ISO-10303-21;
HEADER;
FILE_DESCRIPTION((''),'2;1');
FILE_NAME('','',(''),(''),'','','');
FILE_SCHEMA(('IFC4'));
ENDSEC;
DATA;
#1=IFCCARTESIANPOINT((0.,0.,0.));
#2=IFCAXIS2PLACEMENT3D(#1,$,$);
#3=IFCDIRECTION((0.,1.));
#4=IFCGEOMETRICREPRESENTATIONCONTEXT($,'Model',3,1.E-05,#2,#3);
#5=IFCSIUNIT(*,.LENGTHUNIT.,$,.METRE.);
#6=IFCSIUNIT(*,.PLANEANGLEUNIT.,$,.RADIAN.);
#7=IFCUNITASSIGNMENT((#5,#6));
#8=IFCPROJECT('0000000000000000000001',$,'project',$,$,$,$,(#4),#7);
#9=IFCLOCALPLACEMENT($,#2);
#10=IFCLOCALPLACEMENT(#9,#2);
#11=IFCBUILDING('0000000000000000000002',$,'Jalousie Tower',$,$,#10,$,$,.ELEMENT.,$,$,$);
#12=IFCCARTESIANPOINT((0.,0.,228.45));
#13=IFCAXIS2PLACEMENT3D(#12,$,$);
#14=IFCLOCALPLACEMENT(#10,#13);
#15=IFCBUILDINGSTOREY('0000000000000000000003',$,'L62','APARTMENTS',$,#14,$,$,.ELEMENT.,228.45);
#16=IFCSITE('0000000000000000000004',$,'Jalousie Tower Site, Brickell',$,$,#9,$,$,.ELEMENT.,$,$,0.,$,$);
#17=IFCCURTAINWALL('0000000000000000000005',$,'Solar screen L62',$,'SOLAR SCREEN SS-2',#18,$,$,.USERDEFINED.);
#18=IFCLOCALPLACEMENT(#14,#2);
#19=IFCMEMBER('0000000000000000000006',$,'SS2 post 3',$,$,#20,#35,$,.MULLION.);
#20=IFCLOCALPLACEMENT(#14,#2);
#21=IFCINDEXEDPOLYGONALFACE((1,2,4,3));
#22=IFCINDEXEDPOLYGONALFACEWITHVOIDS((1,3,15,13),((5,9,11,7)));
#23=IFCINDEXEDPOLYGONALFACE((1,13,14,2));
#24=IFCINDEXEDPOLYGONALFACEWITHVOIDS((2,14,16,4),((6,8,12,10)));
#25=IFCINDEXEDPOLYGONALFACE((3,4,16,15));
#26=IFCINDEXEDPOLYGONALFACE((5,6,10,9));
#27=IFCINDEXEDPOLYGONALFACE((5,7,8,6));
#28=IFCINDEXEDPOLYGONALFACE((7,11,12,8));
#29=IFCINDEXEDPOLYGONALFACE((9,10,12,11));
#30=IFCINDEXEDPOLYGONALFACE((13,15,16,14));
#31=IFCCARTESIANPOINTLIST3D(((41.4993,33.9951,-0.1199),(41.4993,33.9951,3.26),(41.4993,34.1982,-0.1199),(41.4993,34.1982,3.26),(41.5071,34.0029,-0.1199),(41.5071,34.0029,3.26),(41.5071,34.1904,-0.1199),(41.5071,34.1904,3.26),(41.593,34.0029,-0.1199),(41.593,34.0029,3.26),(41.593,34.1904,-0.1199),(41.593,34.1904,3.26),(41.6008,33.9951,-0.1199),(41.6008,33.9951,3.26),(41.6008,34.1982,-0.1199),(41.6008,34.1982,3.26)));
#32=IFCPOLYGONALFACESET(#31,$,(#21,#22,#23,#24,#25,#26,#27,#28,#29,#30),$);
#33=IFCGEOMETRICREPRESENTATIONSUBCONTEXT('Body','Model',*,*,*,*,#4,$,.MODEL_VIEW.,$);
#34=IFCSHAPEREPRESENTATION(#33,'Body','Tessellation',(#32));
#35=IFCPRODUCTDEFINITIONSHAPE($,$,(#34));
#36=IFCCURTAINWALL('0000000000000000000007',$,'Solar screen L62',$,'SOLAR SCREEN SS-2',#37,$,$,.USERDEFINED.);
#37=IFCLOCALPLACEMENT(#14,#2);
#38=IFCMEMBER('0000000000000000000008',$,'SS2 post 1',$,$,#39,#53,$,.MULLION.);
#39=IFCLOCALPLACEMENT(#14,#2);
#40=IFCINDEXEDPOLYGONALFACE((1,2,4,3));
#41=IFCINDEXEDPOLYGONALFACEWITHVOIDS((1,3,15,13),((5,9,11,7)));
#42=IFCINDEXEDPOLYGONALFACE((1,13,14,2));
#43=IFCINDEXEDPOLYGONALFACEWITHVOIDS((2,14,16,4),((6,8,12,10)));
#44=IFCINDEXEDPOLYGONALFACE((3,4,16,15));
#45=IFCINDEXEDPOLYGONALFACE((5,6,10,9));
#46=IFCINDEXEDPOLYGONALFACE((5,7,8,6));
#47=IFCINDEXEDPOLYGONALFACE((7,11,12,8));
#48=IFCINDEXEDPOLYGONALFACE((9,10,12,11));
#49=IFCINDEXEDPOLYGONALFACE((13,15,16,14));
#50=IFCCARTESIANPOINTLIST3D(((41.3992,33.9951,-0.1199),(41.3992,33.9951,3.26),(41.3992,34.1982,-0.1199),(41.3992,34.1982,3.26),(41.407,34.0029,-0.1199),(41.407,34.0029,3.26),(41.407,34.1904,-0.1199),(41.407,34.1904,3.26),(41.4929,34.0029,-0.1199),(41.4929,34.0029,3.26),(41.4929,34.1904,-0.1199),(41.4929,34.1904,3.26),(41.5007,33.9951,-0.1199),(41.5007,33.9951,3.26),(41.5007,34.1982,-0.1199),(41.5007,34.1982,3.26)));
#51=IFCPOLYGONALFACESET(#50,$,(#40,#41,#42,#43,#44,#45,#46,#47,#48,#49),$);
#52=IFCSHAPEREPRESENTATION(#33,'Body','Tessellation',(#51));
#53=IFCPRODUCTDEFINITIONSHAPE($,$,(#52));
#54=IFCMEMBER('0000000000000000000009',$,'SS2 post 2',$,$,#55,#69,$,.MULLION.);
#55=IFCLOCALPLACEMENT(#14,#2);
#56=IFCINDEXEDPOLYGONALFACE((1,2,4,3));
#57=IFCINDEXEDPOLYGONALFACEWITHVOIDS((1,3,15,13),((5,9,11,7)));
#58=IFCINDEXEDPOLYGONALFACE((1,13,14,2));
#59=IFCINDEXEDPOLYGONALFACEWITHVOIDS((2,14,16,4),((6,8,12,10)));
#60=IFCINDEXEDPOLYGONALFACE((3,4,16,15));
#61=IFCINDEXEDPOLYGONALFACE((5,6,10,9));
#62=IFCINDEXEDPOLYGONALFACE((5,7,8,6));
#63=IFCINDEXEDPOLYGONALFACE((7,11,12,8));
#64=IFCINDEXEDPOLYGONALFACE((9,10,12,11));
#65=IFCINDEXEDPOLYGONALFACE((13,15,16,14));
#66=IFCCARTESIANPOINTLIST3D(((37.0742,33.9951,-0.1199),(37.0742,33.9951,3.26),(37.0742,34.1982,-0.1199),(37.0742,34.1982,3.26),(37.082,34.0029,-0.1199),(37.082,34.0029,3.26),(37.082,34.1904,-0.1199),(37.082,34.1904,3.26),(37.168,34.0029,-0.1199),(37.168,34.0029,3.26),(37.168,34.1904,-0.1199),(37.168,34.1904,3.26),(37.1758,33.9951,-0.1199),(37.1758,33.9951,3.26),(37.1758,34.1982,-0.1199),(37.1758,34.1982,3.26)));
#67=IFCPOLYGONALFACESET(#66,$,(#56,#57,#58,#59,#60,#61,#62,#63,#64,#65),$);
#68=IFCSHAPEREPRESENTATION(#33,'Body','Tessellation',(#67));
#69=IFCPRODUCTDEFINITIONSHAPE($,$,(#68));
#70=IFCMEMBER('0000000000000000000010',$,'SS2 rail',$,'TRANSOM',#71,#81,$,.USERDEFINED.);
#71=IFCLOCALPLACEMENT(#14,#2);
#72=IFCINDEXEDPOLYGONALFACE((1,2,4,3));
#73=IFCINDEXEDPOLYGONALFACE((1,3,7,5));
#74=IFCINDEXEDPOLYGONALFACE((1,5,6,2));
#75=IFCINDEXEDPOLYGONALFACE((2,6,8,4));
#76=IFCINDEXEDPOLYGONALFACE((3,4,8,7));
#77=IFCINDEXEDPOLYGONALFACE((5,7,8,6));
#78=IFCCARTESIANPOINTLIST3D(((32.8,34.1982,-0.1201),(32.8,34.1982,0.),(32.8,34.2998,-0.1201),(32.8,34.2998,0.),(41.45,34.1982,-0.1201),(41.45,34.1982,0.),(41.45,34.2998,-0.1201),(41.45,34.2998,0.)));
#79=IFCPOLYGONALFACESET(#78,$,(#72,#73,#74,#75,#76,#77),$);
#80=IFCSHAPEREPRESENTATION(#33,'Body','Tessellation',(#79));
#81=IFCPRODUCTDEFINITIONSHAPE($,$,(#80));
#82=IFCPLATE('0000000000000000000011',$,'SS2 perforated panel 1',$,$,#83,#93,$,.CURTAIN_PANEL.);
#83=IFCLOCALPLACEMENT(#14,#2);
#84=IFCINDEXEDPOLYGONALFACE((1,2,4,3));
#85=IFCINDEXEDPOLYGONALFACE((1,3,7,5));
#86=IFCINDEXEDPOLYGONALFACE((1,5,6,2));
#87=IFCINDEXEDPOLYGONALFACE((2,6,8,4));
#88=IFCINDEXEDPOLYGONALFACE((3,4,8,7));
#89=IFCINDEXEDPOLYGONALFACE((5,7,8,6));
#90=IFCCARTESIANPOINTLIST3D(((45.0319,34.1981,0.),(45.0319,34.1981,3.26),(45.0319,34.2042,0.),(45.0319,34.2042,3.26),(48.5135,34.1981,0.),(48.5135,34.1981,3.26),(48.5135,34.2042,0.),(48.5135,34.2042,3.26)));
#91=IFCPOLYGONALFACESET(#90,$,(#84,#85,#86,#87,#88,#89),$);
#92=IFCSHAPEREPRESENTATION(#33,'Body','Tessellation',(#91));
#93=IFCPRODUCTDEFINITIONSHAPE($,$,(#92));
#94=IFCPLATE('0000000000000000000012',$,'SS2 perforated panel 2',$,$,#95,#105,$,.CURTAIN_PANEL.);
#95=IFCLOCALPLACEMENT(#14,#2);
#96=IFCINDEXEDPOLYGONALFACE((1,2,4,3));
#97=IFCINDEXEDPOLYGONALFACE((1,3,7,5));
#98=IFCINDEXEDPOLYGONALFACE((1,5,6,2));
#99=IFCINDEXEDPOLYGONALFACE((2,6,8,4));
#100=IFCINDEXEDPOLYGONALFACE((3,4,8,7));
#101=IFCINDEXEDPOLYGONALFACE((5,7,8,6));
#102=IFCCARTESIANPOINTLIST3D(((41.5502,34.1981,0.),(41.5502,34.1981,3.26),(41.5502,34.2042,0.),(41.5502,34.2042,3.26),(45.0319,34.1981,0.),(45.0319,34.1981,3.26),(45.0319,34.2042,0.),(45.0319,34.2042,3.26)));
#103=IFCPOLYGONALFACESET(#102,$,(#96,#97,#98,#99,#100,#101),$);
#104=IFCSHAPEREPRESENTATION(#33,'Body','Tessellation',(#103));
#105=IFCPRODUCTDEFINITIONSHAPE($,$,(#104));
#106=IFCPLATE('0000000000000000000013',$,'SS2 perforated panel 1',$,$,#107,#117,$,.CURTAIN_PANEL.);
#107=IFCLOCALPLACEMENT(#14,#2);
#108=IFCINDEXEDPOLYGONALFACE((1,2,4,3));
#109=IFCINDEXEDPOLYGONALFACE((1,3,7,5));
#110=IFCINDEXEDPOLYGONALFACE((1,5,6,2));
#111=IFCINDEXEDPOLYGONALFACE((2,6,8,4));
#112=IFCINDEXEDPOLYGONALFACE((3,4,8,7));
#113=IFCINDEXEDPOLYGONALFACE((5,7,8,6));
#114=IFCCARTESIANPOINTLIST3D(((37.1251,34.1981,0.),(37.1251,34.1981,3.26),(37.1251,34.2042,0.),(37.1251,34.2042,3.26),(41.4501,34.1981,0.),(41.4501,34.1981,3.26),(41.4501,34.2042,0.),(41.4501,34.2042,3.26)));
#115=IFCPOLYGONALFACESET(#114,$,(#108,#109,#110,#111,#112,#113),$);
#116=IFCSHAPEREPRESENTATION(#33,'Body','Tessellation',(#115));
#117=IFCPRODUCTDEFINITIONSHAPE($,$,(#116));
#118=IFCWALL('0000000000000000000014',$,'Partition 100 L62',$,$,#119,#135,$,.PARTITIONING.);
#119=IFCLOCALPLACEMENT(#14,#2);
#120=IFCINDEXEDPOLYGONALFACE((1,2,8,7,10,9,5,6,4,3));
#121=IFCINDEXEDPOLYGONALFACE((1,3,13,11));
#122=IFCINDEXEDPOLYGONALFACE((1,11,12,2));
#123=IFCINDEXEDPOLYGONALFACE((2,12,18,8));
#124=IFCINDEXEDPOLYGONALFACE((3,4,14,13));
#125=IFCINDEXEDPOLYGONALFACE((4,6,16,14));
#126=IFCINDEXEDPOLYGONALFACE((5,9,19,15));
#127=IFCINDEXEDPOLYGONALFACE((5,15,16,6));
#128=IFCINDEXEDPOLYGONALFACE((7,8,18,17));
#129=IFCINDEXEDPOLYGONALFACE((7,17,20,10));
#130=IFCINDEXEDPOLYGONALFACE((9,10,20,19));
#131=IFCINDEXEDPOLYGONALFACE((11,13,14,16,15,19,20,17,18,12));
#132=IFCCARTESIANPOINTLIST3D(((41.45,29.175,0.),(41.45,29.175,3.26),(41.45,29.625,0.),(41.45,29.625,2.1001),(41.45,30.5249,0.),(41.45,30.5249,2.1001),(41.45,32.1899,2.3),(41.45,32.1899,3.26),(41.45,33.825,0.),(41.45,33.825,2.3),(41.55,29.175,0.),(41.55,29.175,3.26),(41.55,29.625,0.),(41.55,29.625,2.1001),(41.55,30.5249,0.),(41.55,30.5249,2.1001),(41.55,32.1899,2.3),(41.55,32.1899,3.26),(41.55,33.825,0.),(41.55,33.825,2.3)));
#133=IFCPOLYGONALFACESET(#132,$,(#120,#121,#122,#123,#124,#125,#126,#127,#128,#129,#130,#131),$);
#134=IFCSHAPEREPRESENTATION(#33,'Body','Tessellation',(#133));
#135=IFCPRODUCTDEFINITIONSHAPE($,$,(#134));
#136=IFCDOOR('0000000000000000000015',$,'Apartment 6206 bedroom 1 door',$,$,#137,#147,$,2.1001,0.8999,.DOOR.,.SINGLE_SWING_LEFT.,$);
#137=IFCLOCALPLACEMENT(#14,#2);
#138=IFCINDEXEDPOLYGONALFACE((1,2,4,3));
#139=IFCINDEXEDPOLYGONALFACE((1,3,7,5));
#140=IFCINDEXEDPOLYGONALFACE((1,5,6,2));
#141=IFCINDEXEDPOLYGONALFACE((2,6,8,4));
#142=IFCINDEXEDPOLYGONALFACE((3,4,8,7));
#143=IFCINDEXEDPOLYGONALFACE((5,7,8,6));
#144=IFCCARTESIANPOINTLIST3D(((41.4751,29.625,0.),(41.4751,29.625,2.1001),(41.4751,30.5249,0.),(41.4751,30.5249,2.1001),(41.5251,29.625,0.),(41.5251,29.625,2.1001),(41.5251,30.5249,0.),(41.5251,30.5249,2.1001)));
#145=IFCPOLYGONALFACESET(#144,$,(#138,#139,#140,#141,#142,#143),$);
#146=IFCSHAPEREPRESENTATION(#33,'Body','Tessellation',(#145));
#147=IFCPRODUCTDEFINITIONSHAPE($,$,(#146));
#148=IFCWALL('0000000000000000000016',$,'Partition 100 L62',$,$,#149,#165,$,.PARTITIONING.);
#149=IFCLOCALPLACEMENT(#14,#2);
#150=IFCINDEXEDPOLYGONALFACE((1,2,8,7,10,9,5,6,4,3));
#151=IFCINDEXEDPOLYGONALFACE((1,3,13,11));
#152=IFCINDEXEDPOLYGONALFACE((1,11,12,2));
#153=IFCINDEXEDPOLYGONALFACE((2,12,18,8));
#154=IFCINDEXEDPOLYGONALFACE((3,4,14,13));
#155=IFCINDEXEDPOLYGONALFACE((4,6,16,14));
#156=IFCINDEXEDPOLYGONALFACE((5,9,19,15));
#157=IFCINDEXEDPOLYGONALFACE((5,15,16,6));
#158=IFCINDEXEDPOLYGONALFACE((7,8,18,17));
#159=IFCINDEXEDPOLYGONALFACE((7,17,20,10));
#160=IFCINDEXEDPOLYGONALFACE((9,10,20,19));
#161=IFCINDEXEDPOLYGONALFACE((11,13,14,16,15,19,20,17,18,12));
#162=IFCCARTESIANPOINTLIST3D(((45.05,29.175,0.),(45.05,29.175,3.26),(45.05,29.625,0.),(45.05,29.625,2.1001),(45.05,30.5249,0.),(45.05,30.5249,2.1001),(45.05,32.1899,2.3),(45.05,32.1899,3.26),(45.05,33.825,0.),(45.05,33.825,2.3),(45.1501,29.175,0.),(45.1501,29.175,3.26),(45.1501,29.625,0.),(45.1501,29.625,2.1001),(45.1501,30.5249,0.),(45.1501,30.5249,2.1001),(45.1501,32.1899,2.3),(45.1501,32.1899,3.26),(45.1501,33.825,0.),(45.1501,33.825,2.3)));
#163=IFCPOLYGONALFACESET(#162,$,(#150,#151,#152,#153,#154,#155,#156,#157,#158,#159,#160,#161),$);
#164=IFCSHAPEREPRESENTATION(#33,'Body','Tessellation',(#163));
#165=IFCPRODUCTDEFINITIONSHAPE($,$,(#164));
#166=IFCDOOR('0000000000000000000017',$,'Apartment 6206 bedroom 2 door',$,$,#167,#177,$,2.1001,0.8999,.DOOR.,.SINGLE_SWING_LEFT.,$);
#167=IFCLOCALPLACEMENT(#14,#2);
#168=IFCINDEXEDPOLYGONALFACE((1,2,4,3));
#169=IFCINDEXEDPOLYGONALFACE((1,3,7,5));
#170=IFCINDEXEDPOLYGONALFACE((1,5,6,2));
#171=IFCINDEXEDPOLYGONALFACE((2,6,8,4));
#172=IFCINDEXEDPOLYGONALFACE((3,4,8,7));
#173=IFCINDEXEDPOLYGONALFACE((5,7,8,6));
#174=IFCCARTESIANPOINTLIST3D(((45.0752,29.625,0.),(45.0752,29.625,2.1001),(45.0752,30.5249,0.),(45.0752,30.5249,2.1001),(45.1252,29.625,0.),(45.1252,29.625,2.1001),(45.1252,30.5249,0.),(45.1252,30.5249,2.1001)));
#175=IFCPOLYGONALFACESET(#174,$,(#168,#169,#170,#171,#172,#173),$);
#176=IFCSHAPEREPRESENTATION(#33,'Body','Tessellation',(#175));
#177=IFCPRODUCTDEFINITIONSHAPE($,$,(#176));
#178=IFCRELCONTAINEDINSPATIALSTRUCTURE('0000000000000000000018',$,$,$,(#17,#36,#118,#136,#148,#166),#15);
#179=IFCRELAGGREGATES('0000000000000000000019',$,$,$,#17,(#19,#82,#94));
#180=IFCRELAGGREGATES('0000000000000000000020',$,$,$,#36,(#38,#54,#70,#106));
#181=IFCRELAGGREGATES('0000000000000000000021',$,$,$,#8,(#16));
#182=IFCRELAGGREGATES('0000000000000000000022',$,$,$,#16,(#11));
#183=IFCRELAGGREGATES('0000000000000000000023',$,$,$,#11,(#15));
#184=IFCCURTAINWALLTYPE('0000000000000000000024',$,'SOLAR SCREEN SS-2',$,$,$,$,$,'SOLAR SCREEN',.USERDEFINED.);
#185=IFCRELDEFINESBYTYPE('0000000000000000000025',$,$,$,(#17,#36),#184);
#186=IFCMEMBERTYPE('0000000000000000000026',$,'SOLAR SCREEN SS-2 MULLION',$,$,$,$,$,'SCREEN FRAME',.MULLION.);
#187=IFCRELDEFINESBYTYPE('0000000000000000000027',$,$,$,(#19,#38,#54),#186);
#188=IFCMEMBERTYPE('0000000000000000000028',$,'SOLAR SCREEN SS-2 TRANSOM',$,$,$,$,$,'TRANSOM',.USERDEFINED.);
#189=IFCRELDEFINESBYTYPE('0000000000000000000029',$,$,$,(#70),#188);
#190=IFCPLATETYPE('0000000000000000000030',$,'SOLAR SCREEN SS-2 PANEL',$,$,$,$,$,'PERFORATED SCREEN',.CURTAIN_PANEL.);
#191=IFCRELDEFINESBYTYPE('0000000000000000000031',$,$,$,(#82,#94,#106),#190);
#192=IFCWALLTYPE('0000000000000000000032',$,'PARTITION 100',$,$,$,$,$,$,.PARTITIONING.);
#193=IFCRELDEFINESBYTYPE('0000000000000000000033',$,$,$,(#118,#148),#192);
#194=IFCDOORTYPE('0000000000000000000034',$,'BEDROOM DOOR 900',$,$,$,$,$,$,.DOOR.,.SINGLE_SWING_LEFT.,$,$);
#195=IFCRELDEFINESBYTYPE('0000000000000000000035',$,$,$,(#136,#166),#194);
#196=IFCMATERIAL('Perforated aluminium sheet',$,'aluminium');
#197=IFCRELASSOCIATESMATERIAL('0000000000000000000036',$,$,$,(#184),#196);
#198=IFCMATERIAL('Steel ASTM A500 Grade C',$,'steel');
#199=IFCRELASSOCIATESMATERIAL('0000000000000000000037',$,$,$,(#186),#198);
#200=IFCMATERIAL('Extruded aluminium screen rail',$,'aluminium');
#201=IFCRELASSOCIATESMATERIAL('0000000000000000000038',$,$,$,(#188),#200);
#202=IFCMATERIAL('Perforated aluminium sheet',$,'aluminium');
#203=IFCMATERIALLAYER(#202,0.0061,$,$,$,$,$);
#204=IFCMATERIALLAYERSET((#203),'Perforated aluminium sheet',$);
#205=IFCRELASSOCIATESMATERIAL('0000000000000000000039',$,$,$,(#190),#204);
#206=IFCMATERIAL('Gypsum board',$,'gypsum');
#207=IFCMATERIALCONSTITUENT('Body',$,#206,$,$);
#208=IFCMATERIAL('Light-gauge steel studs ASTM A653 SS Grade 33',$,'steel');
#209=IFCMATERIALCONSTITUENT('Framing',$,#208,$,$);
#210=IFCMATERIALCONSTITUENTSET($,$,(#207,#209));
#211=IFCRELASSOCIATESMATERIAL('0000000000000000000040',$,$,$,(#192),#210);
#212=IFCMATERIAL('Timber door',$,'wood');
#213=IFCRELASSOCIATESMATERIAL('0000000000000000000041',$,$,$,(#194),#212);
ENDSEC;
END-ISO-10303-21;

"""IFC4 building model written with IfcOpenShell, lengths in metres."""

from ifc_helpers import new_model, si_unit, direction, frame, frame_2d, origin, origin_2d, place, context, subcontext, project, spatial, polyline, rectangle, hollow_rectangle, outline, extrude, material, layer, layer_set, constituent, constituent_set, material_profile, profile_set, type_object, element, fill, aggregate, save


model = new_model("IFC4")

# Units and contexts
model_context = context("Model", 3, precision=1e-05, world=origin(), true_north=direction((0.0, 1.0)))
body_context = subcontext(model_context, "Body", "Model", "MODEL_VIEW")
ifc_project = project(units=[si_unit("LENGTHUNIT", "METRE"), si_unit("PLANEANGLEUNIT", "RADIAN")], contexts=[model_context])

# Site, building, storey
site_placement = place(None, origin())
site = spatial("IfcSite", under=ifc_project, at=site_placement, Name="Jalousie Tower Site, Brickell", CompositionType="ELEMENT", RefElevation=0.0)
building_placement = place(site_placement, origin())
building = spatial("IfcBuilding", under=site, at=building_placement, Name="Jalousie Tower", CompositionType="ELEMENT")
storey_placement = place(building_placement, frame((0.0, 0.0, 228.45)))
storey = spatial("IfcBuildingStorey", under=building, at=storey_placement, Name="L62", Description="APARTMENTS", CompositionType="ELEMENT", Elevation=228.45)

# Curtain walls, members
ifc_material_1 = material(Name="Perforated aluminium sheet", Category="aluminium")
curtain_wall_type = type_object("IfcCurtainWallType", Name="SOLAR SCREEN SS-2", ElementType="SOLAR SCREEN", PredefinedType="USERDEFINED", material=ifc_material_1)
curtain_wall_1_placement = place(storey_placement, origin())
curtain_wall_1 = element("IfcCurtainWall", 1, at=curtain_wall_1_placement, inside=storey, type_object=curtain_wall_type, Name="Solar screen L62", ObjectType="SOLAR SCREEN SS-2", PredefinedType="USERDEFINED")
ifc_material_2 = material(Name="Steel ASTM A500 Grade C", Category="steel")
ifc_material_profile_1 = material_profile(ifc_material_2, hollow_rectangle(XDim=0.1016, YDim=0.2031, WallThickness=0.0078, at=origin_2d()), Name="HSS8X4X5/16")
ifc_profile_set_1 = profile_set([ifc_material_profile_1], Name="Steel ASTM A500 Grade C")
member_type_1 = type_object("IfcMemberType", Name="SOLAR SCREEN SS-2 MULLION", ElementType="SCREEN FRAME", PredefinedType="MULLION", material=ifc_profile_set_1)
member_1_placement = place(storey_placement, frame((41.55, 34.0967, -0.1199), z_axis=(0.0, 0.0, 1.0), x_axis=(-1.0, 0.0, 0.0)))
member_1 = element("IfcMember", 2, at=member_1_placement, type_object=member_type_1, Name="SS2 post 3", PredefinedType="MULLION", context=body_context, shape_type="SweptSolid", body=[
    extrude(hollow_rectangle(XDim=0.1016, YDim=0.2031, WallThickness=0.0078, at=origin_2d()), origin(), (0.0, 0.0, 1.0), 3.3799),
])
curtain_wall_2_placement = place(storey_placement, origin())
curtain_wall_2 = element("IfcCurtainWall", 3, at=curtain_wall_2_placement, inside=storey, type_object=curtain_wall_type, Name="Solar screen L62", ObjectType="SOLAR SCREEN SS-2", PredefinedType="USERDEFINED")
member_2_placement = place(storey_placement, frame((41.45, 34.0967, -0.1199), z_axis=(0.0, 0.0, 1.0), x_axis=(-1.0, 0.0, 0.0)))
member_2 = element("IfcMember", 4, at=member_2_placement, type_object=member_type_1, Name="SS2 post 1", PredefinedType="MULLION", context=body_context, shape_type="SweptSolid", body=[
    extrude(hollow_rectangle(XDim=0.1016, YDim=0.2031, WallThickness=0.0078, at=origin_2d()), origin(), (0.0, 0.0, 1.0), 3.3799),
])
member_3_placement = place(storey_placement, frame((37.125, 34.0967, -0.1199), z_axis=(0.0, 0.0, 1.0), x_axis=(-1.0, 0.0, 0.0)))
member_3 = element("IfcMember", 5, at=member_3_placement, type_object=member_type_1, Name="SS2 post 2", PredefinedType="MULLION", context=body_context, shape_type="SweptSolid", body=[
    extrude(hollow_rectangle(XDim=0.1016, YDim=0.2031, WallThickness=0.0078, at=origin_2d()), origin(), (0.0, 0.0, 1.0), 3.3799),
])
ifc_material_3 = material(Name="Extruded aluminium screen rail", Category="aluminium")
ifc_material_profile_2 = material_profile(ifc_material_3, rectangle(XDim=0.1016, YDim=0.1201, at=origin_2d()), Name="RAIL 102x120")
ifc_profile_set_2 = profile_set([ifc_material_profile_2], Name="Extruded aluminium screen rail")
member_type_2 = type_object("IfcMemberType", Name="SOLAR SCREEN SS-2 TRANSOM", ElementType="TRANSOM", PredefinedType="USERDEFINED", material=ifc_profile_set_2)
member_4_placement = place(storey_placement, frame((41.45, 34.249, -0.0601), z_axis=(-1.0, 0.0, 0.0), x_axis=(0.0, -1.0, 0.0)))
member_4 = element("IfcMember", 6, at=member_4_placement, type_object=member_type_2, Name="SS2 rail", ObjectType="TRANSOM", PredefinedType="USERDEFINED", context=body_context, shape_type="SweptSolid", body=[
    extrude(rectangle(XDim=0.1016, YDim=0.1201, at=origin_2d()), origin(), (0.0, 0.0, 1.0), 8.6499),
])

# Plates
ifc_material_4 = material(Name="Perforated aluminium sheet", Category="aluminium")
ifc_layer = layer(ifc_material_4, 0.0061)
ifc_layer_set = layer_set([ifc_layer], Name="Perforated aluminium sheet")
plate_type = type_object("IfcPlateType", Name="SOLAR SCREEN SS-2 PANEL", ElementType="PERFORATED SCREEN", PredefinedType="CURTAIN_PANEL", material=ifc_layer_set)
plate_1_placement = place(storey_placement, frame((46.7727, 34.2012, 0.0), z_axis=(0.0, 0.0, 1.0), x_axis=(-1.0, 0.0, 0.0)))
plate_1 = element("IfcPlate", 7, at=plate_1_placement, type_object=plate_type, Name="SS2 perforated panel 1", PredefinedType="CURTAIN_PANEL", context=body_context, shape_type="SweptSolid", body=[
    extrude(rectangle(XDim=3.4817, YDim=0.0061, at=origin_2d()), origin(), (0.0, 0.0, 1.0), 3.26),
])
plate_2_placement = place(storey_placement, frame((43.291, 34.2012, 0.0), z_axis=(0.0, 0.0, 1.0), x_axis=(-1.0, 0.0, 0.0)))
plate_2 = element("IfcPlate", 8, at=plate_2_placement, type_object=plate_type, Name="SS2 perforated panel 2", PredefinedType="CURTAIN_PANEL", context=body_context, shape_type="SweptSolid", body=[
    extrude(rectangle(XDim=3.4817, YDim=0.0061, at=origin_2d()), origin(), (0.0, 0.0, 1.0), 3.26),
])
aggregate(curtain_wall_1, [member_1, plate_1, plate_2])
plate_3_placement = place(storey_placement, frame((39.2876, 34.2012, 0.0), z_axis=(0.0, 0.0, 1.0), x_axis=(-1.0, 0.0, 0.0)))
plate_3 = element("IfcPlate", 9, at=plate_3_placement, type_object=plate_type, Name="SS2 perforated panel 1", PredefinedType="CURTAIN_PANEL", context=body_context, shape_type="SweptSolid", body=[
    extrude(rectangle(XDim=4.325, YDim=0.0061, at=origin_2d()), origin(), (0.0, 0.0, 1.0), 3.26),
])
aggregate(curtain_wall_2, [member_2, member_3, member_4, plate_3])

# Walls, openings, doors
ifc_material_5 = material(Name="Gypsum board", Category="gypsum")
ifc_constituent_1 = constituent(ifc_material_5, Name="Body")
ifc_material_6 = material(Name="Light-gauge steel studs ASTM A653 SS Grade 33", Category="steel")
ifc_constituent_2 = constituent(ifc_material_6, Name="Framing")
ifc_constituent_set_1 = constituent_set(constituents=[ifc_constituent_1, ifc_constituent_2])
wall_type_1 = type_object("IfcWallType", Name="PARTITION 100", PredefinedType="PARTITIONING", material=ifc_constituent_set_1)
wall_1_placement = place(storey_placement, frame((41.5, 33.825, 0.0), z_axis=(0.0, 0.0, 1.0), x_axis=(0.0, -1.0, 0.0)))
wall_1 = element("IfcWall", 10, at=wall_1_placement, inside=storey, type_object=wall_type_1, Name="Partition 100 L62", PredefinedType="PARTITIONING", context=body_context, shape_type="SweptSolid", body=[
    extrude(outline(polyline([(0.0, 0.0), (4.6499, 0.0), (4.6499, 3.26), (1.635, 3.26), (1.635, 2.3), (0.0, 2.3), (0.0, 3.26), (0.0, 0.0)])), frame((0.0, 0.05, 0.0), z_axis=(0.0, -1.0, 0.0), x_axis=(1.0, 0.0, 0.0)), (0.0, 0.0, 1.0), 0.1001),
])
opening_1_placement = place(wall_1_placement, frame((3.3, 0.0, 0.0)))
opening_1 = element("IfcOpeningElement", 11, at=opening_1_placement, cuts=wall_1, PredefinedType="OPENING", context=body_context, shape_type="SweptSolid", body=[
    extrude(rectangle(XDim=0.8999, YDim=2.1001, at=frame_2d((0.45, 1.05))), frame((0.0, 0.0601, 0.0), z_axis=(0.0, -1.0, 0.0), x_axis=(1.0, 0.0, 0.0)), (0.0, 0.0, 1.0), 0.1201),
])
ifc_material_7 = material(Name="Timber door", Category="wood")
door_type = type_object("IfcDoorType", Name="BEDROOM DOOR 900", OperationType="SINGLE_SWING_LEFT", PredefinedType="DOOR", material=ifc_material_7)
door_1_placement = place(opening_1_placement, frame((0.8999, 0.0, 0.0), z_axis=(0.0, 0.0, 1.0), x_axis=(-1.0, 0.0, 0.0)))
door_1 = element("IfcDoor", 12, at=door_1_placement, inside=storey, type_object=door_type, Name="Apartment 6206 bedroom 1 door", OperationType="SINGLE_SWING_LEFT", OverallHeight=2.1001, OverallWidth=0.8999, PredefinedType="DOOR", context=body_context, shape_type="SweptSolid", body=[
    extrude(rectangle(XDim=0.8999, YDim=2.1001, at=frame_2d((0.45, 1.05))), frame((0.0, 0.0249, 0.0), z_axis=(0.0, -1.0, 0.0), x_axis=(1.0, 0.0, 0.0)), (0.0, 0.0, 1.0), 0.05),
])
fill(opening_1, door_1)
wall_2_placement = place(storey_placement, frame((45.1001, 33.825, 0.0), z_axis=(0.0, 0.0, 1.0), x_axis=(0.0, -1.0, 0.0)))
wall_2 = element("IfcWall", 13, at=wall_2_placement, inside=storey, type_object=wall_type_1, Name="Partition 100 L62", PredefinedType="PARTITIONING", context=body_context, shape_type="SweptSolid", body=[
    extrude(outline(polyline([(0.0, 0.0), (4.6499, 0.0), (4.6499, 3.26), (1.635, 3.26), (1.635, 2.3), (0.0, 2.3), (0.0, 3.26), (0.0, 0.0)])), frame((0.0, 0.05, 0.0), z_axis=(0.0, -1.0, 0.0), x_axis=(1.0, 0.0, 0.0)), (0.0, 0.0, 1.0), 0.1001),
])
opening_2_placement = place(wall_2_placement, frame((3.3, 0.0, 0.0)))
opening_2 = element("IfcOpeningElement", 14, at=opening_2_placement, cuts=wall_2, PredefinedType="OPENING", context=body_context, shape_type="SweptSolid", body=[
    extrude(rectangle(XDim=0.8999, YDim=2.1001, at=frame_2d((0.45, 1.05))), frame((0.0, 0.0601, 0.0), z_axis=(0.0, -1.0, 0.0), x_axis=(1.0, 0.0, 0.0)), (0.0, 0.0, 1.0), 0.1201),
])
door_2_placement = place(opening_2_placement, frame((0.8999, 0.0, 0.0), z_axis=(0.0, 0.0, 1.0), x_axis=(-1.0, 0.0, 0.0)))
door_2 = element("IfcDoor", 15, at=door_2_placement, inside=storey, type_object=door_type, Name="Apartment 6206 bedroom 2 door", OperationType="SINGLE_SWING_LEFT", OverallHeight=2.1001, OverallWidth=0.8999, PredefinedType="DOOR", context=body_context, shape_type="SweptSolid", body=[
    extrude(rectangle(XDim=0.8999, YDim=2.1001, at=frame_2d((0.45, 1.05))), frame((0.0, 0.0249, 0.0), z_axis=(0.0, -1.0, 0.0), x_axis=(1.0, 0.0, 0.0)), (0.0, 0.0, 1.0), 0.05),
])
fill(opening_2, door_2)

save(model, "model.ifc")
